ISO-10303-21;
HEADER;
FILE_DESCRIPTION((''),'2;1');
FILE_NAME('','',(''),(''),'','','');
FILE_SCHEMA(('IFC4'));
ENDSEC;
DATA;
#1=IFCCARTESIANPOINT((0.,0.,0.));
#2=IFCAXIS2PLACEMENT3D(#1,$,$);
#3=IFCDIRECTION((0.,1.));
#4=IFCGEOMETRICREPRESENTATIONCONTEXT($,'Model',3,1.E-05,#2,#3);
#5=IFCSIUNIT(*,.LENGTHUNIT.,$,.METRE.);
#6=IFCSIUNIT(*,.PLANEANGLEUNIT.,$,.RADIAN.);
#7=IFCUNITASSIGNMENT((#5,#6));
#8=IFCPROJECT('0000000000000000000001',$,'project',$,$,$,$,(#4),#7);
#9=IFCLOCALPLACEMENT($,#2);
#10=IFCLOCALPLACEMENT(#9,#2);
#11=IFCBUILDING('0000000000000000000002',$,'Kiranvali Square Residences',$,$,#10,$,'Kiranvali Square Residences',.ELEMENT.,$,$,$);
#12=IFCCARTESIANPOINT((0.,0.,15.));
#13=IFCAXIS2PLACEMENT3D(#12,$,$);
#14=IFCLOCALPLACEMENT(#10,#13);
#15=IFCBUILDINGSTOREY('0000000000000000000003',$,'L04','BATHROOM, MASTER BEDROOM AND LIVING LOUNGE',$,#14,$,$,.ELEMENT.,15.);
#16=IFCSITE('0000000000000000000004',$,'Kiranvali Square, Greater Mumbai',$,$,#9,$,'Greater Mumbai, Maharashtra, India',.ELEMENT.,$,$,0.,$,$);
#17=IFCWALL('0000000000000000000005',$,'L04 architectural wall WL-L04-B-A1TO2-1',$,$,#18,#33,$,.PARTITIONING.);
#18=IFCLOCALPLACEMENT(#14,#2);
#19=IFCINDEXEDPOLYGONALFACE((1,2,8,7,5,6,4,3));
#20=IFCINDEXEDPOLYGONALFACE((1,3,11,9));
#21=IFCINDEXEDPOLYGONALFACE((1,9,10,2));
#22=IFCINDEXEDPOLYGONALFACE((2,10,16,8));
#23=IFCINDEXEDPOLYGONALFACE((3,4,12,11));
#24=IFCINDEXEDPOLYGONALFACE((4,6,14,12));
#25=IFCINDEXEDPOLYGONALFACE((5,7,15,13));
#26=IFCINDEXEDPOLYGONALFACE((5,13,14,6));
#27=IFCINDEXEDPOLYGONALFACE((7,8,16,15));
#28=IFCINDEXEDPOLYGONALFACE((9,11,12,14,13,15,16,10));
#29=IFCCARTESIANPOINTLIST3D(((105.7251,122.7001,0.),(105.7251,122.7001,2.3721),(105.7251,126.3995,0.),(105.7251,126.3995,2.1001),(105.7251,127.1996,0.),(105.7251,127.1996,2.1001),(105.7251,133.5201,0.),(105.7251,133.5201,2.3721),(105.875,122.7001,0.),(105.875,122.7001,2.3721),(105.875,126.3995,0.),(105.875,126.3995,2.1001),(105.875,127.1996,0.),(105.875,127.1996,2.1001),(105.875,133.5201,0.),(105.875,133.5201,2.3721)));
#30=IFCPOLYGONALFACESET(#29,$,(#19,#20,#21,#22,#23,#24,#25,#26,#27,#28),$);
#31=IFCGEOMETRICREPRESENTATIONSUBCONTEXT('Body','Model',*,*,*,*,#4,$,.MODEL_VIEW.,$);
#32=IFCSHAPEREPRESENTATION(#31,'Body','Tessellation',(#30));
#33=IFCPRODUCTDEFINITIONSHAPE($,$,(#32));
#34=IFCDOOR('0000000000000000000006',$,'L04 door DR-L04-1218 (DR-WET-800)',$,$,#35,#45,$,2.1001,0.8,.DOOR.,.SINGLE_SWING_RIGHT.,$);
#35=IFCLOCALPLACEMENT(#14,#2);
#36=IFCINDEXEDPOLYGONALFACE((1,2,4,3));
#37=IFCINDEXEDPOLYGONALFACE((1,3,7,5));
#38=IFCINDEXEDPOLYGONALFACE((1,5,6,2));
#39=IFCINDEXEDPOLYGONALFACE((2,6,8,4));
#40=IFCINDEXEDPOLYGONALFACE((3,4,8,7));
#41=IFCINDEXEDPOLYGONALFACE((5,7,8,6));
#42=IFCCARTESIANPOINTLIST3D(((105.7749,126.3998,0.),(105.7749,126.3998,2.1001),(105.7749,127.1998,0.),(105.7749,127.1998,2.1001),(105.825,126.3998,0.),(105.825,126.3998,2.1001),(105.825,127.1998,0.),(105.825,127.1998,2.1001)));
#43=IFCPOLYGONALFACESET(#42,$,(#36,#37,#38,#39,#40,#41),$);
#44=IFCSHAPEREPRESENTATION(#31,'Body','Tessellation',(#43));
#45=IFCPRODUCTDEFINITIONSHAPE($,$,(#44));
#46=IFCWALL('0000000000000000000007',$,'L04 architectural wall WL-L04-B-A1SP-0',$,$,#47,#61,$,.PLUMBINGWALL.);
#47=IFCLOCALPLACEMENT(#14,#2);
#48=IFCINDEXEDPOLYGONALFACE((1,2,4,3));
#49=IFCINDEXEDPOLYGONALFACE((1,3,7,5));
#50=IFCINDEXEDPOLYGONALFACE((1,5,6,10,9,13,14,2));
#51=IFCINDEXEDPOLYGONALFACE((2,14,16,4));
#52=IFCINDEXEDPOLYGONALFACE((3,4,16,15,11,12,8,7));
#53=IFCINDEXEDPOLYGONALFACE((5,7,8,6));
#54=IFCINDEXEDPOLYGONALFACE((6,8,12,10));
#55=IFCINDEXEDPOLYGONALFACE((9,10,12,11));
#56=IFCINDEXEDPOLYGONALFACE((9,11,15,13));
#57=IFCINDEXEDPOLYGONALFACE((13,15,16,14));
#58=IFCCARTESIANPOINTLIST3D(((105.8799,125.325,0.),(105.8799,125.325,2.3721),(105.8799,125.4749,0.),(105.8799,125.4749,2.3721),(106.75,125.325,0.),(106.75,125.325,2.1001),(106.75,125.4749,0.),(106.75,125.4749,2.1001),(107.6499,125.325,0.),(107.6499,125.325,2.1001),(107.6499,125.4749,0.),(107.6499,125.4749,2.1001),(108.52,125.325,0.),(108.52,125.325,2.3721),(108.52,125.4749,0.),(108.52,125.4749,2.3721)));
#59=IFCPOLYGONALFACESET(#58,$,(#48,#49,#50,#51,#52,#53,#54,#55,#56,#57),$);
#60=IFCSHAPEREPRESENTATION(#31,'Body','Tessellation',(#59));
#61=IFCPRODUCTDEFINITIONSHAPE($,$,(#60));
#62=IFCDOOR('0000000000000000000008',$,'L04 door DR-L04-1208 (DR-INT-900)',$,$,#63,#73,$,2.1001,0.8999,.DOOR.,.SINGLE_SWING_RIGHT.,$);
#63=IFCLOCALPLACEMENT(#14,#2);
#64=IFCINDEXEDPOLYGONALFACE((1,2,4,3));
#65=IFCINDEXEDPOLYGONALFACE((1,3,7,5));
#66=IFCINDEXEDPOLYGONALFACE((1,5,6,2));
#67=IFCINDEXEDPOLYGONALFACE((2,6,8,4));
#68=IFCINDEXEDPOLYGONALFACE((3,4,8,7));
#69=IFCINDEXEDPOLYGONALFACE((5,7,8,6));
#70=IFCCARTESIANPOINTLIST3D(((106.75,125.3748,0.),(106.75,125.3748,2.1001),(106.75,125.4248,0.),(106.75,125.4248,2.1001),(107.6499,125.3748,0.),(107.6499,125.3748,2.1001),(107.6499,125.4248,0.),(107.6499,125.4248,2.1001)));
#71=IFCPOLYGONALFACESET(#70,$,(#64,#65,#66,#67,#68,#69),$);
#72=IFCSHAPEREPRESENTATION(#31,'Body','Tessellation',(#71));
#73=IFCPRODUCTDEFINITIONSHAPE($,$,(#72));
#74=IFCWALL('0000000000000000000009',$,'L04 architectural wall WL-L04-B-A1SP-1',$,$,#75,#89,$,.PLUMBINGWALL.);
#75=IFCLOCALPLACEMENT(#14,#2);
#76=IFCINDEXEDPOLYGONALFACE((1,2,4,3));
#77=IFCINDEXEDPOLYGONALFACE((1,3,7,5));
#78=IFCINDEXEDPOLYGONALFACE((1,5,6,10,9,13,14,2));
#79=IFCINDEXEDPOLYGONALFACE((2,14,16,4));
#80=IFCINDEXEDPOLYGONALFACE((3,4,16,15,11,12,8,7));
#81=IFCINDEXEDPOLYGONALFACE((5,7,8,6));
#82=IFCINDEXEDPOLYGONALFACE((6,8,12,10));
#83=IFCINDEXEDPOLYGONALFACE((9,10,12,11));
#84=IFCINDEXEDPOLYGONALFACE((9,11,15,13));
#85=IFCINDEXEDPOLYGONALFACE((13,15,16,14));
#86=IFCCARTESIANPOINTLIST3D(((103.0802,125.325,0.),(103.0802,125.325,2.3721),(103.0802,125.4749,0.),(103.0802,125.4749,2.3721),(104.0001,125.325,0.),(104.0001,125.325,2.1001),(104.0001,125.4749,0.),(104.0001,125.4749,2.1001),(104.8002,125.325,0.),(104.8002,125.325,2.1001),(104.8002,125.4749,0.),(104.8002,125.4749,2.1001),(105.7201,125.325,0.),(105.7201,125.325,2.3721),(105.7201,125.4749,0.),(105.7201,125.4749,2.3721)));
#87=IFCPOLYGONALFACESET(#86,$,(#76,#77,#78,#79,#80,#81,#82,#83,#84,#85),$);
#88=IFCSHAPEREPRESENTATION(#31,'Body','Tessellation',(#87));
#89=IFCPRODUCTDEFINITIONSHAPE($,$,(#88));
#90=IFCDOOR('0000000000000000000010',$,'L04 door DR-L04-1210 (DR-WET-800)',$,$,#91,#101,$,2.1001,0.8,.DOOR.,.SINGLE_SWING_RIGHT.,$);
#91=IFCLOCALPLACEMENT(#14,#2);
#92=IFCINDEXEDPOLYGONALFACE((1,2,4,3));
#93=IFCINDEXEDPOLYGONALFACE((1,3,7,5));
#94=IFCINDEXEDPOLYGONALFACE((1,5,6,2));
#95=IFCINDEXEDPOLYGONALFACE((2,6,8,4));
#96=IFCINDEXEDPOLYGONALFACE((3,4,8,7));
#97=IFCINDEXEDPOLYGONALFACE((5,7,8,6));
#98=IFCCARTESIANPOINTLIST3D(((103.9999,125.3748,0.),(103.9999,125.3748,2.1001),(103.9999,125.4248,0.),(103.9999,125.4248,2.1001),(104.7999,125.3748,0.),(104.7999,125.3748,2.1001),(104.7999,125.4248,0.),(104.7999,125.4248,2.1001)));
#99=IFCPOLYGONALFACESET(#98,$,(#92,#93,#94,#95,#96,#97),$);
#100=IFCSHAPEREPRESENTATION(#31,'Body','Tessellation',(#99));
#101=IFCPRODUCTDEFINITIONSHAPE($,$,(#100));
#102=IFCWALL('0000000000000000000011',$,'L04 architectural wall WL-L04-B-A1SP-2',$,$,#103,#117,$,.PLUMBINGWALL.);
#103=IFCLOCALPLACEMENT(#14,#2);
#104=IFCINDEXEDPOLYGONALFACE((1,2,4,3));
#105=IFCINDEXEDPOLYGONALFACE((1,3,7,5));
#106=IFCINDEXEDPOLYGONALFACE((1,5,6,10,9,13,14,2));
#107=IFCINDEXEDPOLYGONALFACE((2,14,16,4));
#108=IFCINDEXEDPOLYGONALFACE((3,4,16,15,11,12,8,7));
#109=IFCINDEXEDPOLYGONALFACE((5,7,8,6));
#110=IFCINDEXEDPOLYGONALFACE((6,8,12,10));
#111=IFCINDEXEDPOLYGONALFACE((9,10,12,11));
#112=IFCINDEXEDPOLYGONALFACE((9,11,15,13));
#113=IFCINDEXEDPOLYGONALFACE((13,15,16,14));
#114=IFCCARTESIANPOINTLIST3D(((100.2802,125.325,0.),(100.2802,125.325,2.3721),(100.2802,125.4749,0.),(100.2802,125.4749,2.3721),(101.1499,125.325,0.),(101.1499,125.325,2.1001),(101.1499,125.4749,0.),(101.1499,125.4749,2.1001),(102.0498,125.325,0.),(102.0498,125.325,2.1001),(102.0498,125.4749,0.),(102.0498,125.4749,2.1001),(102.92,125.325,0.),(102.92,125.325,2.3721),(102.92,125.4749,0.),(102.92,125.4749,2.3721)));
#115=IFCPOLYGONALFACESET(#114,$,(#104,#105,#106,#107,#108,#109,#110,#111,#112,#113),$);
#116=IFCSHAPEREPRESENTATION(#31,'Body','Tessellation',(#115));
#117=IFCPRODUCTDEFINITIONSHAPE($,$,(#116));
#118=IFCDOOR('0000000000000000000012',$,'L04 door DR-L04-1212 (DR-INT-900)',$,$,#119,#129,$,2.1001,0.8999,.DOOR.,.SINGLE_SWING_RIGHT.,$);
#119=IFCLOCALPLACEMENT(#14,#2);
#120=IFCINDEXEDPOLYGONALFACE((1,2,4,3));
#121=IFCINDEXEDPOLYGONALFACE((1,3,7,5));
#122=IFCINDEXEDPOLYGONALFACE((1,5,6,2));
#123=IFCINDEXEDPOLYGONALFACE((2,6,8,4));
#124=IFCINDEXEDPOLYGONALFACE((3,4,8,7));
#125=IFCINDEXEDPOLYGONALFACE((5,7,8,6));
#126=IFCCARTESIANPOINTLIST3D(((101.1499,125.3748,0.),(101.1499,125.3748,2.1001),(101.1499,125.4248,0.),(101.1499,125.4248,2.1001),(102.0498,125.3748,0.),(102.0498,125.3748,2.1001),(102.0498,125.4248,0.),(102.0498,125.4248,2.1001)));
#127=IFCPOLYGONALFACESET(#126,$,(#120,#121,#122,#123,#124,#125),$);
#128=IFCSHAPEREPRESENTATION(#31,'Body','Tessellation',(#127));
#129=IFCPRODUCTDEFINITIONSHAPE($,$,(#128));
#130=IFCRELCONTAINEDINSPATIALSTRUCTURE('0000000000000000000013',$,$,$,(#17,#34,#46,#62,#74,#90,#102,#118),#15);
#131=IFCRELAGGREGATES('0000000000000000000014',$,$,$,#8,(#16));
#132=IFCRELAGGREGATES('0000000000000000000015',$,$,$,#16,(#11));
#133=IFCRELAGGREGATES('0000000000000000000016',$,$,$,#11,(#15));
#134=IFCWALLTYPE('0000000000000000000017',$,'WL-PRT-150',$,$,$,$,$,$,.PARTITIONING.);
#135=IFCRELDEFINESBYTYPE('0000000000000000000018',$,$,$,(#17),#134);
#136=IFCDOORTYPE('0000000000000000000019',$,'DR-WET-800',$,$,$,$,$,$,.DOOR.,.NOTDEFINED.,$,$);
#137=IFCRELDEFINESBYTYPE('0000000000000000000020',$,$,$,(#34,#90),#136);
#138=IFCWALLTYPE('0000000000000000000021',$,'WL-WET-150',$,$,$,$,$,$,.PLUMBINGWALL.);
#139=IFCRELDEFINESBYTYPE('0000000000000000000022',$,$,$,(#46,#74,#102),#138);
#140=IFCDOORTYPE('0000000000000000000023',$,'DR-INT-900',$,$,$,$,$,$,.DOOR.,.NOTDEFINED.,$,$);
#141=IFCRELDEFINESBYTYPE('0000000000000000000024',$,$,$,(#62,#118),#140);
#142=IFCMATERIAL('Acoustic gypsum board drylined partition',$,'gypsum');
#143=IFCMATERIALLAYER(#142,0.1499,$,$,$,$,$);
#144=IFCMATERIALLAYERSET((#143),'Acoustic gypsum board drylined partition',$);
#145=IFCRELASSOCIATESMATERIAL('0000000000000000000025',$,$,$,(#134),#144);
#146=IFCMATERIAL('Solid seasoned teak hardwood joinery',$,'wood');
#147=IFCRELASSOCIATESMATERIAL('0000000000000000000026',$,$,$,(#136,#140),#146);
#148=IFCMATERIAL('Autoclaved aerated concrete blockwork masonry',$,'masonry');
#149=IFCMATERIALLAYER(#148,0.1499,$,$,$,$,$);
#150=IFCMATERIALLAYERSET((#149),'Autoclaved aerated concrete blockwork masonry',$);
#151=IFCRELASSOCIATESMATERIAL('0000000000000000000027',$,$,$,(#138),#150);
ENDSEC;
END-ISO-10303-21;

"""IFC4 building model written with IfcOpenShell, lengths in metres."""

from ifc_helpers import new_model, si_unit, direction, frame, frame_2d, origin, place, context, subcontext, project, spatial, rectangle, extrude, material, layer, layer_set, type_object, element, fill, save


model = new_model("IFC4")

# Units and contexts
model_context = context("Model", 3, precision=1e-05, world=origin(), true_north=direction((0.0, 1.0)))
body_context = subcontext(model_context, "Body", "Model", "MODEL_VIEW")
ifc_project = project(units=[si_unit("LENGTHUNIT", "METRE"), si_unit("PLANEANGLEUNIT", "RADIAN")], contexts=[model_context])

# Site, building, storey
site_placement = place(None, origin())
site = spatial("IfcSite", under=ifc_project, at=site_placement, Name="Kiranvali Square, Greater Mumbai", LongName="Greater Mumbai, Maharashtra, India", CompositionType="ELEMENT", RefElevation=0.0)
building_placement = place(site_placement, origin())
building = spatial("IfcBuilding", under=site, at=building_placement, Name="Kiranvali Square Residences", LongName="Kiranvali Square Residences", CompositionType="ELEMENT")
storey_placement = place(building_placement, frame((0.0, 0.0, 15.0)))
storey = spatial("IfcBuildingStorey", under=building, at=storey_placement, Name="L04", Description="BATHROOM, MASTER BEDROOM AND LIVING LOUNGE", CompositionType="ELEMENT", Elevation=15.0)

# Shared definitions
ifc_material_1 = material(Name="Autoclaved aerated concrete blockwork masonry", Category="masonry")

# Walls, openings, doors
ifc_material_2 = material(Name="Acoustic gypsum board drylined partition", Category="gypsum")
ifc_layer_1 = layer(ifc_material_2, 0.1499)
ifc_layer_set_1 = layer_set([ifc_layer_1], Name="Acoustic gypsum board drylined partition")
wall_type_1 = type_object("IfcWallType", Name="WL-PRT-150", PredefinedType="PARTITIONING", material=ifc_layer_set_1)
wall_1_placement = place(storey_placement, frame((105.8, 122.7, 0.0), z_axis=(0.0, 0.0, 1.0), x_axis=(0.0, 1.0, 0.0)))
wall_1 = element("IfcWall", 1, at=wall_1_placement, inside=storey, type_object=wall_type_1, Name="L04 architectural wall WL-L04-B-A1TO2-1", PredefinedType="PARTITIONING", context=body_context, shape_type="SweptSolid", body=[
    extrude(rectangle(XDim=10.8201, YDim=0.1499, at=frame_2d((5.4102, 0.0))), origin(), (0.0, 0.0, 1.0), 2.3721),
])
opening_1_placement = place(wall_1_placement, frame((3.6997, 0.0, 0.0)))
opening_1 = element("IfcOpeningElement", 2, at=opening_1_placement, cuts=wall_1, PredefinedType="OPENING", context=body_context, shape_type="SweptSolid", body=[
    extrude(rectangle(XDim=0.8, YDim=2.1001, at=frame_2d((0.3999, 1.05))), frame((0.0, 0.085, 0.0), z_axis=(0.0, -1.0, 0.0), x_axis=(1.0, 0.0, 0.0)), (0.0, 0.0, 1.0), 0.1699),
])
ifc_material_3 = material(Name="Solid seasoned teak hardwood joinery", Category="wood")
door_type_1 = type_object("IfcDoorType", Name="DR-WET-800", OperationType="NOTDEFINED", PredefinedType="DOOR", material=ifc_material_3)
door_1_placement = place(opening_1_placement, frame((0.8, 0.0, 0.0), z_axis=(0.0, 0.0, 1.0), x_axis=(-1.0, 0.0, 0.0)))
door_1 = element("IfcDoor", 3, at=door_1_placement, inside=storey, type_object=door_type_1, Name="L04 door DR-L04-1218 (DR-WET-800)", OperationType="SINGLE_SWING_RIGHT", OverallHeight=2.1001, OverallWidth=0.8, PredefinedType="DOOR", context=body_context, shape_type="SweptSolid", body=[
    extrude(rectangle(XDim=0.8, YDim=2.1001, at=frame_2d((0.3999, 1.05))), frame((0.0, 0.0249, 0.0), z_axis=(0.0, -1.0, 0.0), x_axis=(1.0, 0.0, 0.0)), (0.0, 0.0, 1.0), 0.05),
])
fill(opening_1, door_1)
ifc_layer_2 = layer(ifc_material_1, 0.1499)
ifc_layer_set_2 = layer_set([ifc_layer_2], Name="Autoclaved aerated concrete blockwork masonry")
wall_type_2 = type_object("IfcWallType", Name="WL-WET-150", PredefinedType="PLUMBINGWALL", material=ifc_layer_set_2)
wall_2_placement = place(storey_placement, frame((108.52, 125.3999, 0.0), z_axis=(0.0, 0.0, 1.0), x_axis=(-1.0, 0.0, 0.0)))
wall_2 = element("IfcWall", 4, at=wall_2_placement, inside=storey, type_object=wall_type_2, Name="L04 architectural wall WL-L04-B-A1SP-0", PredefinedType="PLUMBINGWALL", context=body_context, shape_type="SweptSolid", body=[
    extrude(rectangle(XDim=2.6401, YDim=0.1499, at=frame_2d((1.3201, 0.0))), origin(), (0.0, 0.0, 1.0), 2.3721),
])
opening_2_placement = place(wall_2_placement, frame((0.8701, 0.0, 0.0)))
opening_2 = element("IfcOpeningElement", 5, at=opening_2_placement, cuts=wall_2, PredefinedType="OPENING", context=body_context, shape_type="SweptSolid", body=[
    extrude(rectangle(XDim=0.8999, YDim=2.1001, at=frame_2d((0.45, 1.05))), frame((0.0, 0.085, 0.0), z_axis=(0.0, -1.0, 0.0), x_axis=(1.0, 0.0, 0.0)), (0.0, 0.0, 1.0), 0.1699),
])
door_type_2 = type_object("IfcDoorType", Name="DR-INT-900", OperationType="NOTDEFINED", PredefinedType="DOOR", material=ifc_material_3)
door_2_placement = place(opening_2_placement, frame((0.8999, 0.0, 0.0), z_axis=(0.0, 0.0, 1.0), x_axis=(-1.0, 0.0, 0.0)))
door_2 = element("IfcDoor", 6, at=door_2_placement, inside=storey, type_object=door_type_2, Name="L04 door DR-L04-1208 (DR-INT-900)", OperationType="SINGLE_SWING_RIGHT", OverallHeight=2.1001, OverallWidth=0.8999, PredefinedType="DOOR", context=body_context, shape_type="SweptSolid", body=[
    extrude(rectangle(XDim=0.8999, YDim=2.1001, at=frame_2d((0.45, 1.05))), frame((0.0, 0.0249, 0.0), z_axis=(0.0, -1.0, 0.0), x_axis=(1.0, 0.0, 0.0)), (0.0, 0.0, 1.0), 0.05),
])
fill(opening_2, door_2)
wall_3_placement = place(storey_placement, frame((105.72, 125.3999, 0.0), z_axis=(0.0, 0.0, 1.0), x_axis=(-1.0, 0.0, 0.0)))
wall_3 = element("IfcWall", 7, at=wall_3_placement, inside=storey, type_object=wall_type_2, Name="L04 architectural wall WL-L04-B-A1SP-1", PredefinedType="PLUMBINGWALL", context=body_context, shape_type="SweptSolid", body=[
    extrude(rectangle(XDim=2.6399, YDim=0.1499, at=frame_2d((1.3198, 0.0))), origin(), (0.0, 0.0, 1.0), 2.3721),
])
opening_3_placement = place(wall_3_placement, frame((0.9199, 0.0, 0.0)))
opening_3 = element("IfcOpeningElement", 8, at=opening_3_placement, cuts=wall_3, PredefinedType="OPENING", context=body_context, shape_type="SweptSolid", body=[
    extrude(rectangle(XDim=0.8, YDim=2.1001, at=frame_2d((0.3999, 1.05))), frame((0.0, 0.085, 0.0), z_axis=(0.0, -1.0, 0.0), x_axis=(1.0, 0.0, 0.0)), (0.0, 0.0, 1.0), 0.1699),
])
door_3_placement = place(opening_3_placement, frame((0.8, 0.0, 0.0), z_axis=(0.0, 0.0, 1.0), x_axis=(-1.0, 0.0, 0.0)))
door_3 = element("IfcDoor", 9, at=door_3_placement, inside=storey, type_object=door_type_1, Name="L04 door DR-L04-1210 (DR-WET-800)", OperationType="SINGLE_SWING_RIGHT", OverallHeight=2.1001, OverallWidth=0.8, PredefinedType="DOOR", context=body_context, shape_type="SweptSolid", body=[
    extrude(rectangle(XDim=0.8, YDim=2.1001, at=frame_2d((0.3999, 1.05))), frame((0.0, 0.0249, 0.0), z_axis=(0.0, -1.0, 0.0), x_axis=(1.0, 0.0, 0.0)), (0.0, 0.0, 1.0), 0.05),
])
fill(opening_3, door_3)
wall_4_placement = place(storey_placement, frame((102.9199, 125.3999, 0.0), z_axis=(0.0, 0.0, 1.0), x_axis=(-1.0, 0.0, 0.0)))
wall_4 = element("IfcWall", 10, at=wall_4_placement, inside=storey, type_object=wall_type_2, Name="L04 architectural wall WL-L04-B-A1SP-2", PredefinedType="PLUMBINGWALL", context=body_context, shape_type="SweptSolid", body=[
    extrude(rectangle(XDim=2.6399, YDim=0.1499, at=frame_2d((1.3198, 0.0))), origin(), (0.0, 0.0, 1.0), 2.3721),
])
opening_4_placement = place(wall_4_placement, frame((0.8701, 0.0, 0.0)))
opening_4 = element("IfcOpeningElement", 11, at=opening_4_placement, cuts=wall_4, PredefinedType="OPENING", context=body_context, shape_type="SweptSolid", body=[
    extrude(rectangle(XDim=0.8999, YDim=2.1001, at=frame_2d((0.45, 1.05))), frame((0.0, 0.085, 0.0), z_axis=(0.0, -1.0, 0.0), x_axis=(1.0, 0.0, 0.0)), (0.0, 0.0, 1.0), 0.1699),
])
door_4_placement = place(opening_4_placement, frame((0.8999, 0.0, 0.0), z_axis=(0.0, 0.0, 1.0), x_axis=(-1.0, 0.0, 0.0)))
door_4 = element("IfcDoor", 12, at=door_4_placement, inside=storey, type_object=door_type_2, Name="L04 door DR-L04-1212 (DR-INT-900)", OperationType="SINGLE_SWING_RIGHT", OverallHeight=2.1001, OverallWidth=0.8999, PredefinedType="DOOR", context=body_context, shape_type="SweptSolid", body=[
    extrude(rectangle(XDim=0.8999, YDim=2.1001, at=frame_2d((0.45, 1.05))), frame((0.0, 0.0249, 0.0), z_axis=(0.0, -1.0, 0.0), x_axis=(1.0, 0.0, 0.0)), (0.0, 0.0, 1.0), 0.05),
])
fill(opening_4, door_4)

save(model, "model.ifc")
